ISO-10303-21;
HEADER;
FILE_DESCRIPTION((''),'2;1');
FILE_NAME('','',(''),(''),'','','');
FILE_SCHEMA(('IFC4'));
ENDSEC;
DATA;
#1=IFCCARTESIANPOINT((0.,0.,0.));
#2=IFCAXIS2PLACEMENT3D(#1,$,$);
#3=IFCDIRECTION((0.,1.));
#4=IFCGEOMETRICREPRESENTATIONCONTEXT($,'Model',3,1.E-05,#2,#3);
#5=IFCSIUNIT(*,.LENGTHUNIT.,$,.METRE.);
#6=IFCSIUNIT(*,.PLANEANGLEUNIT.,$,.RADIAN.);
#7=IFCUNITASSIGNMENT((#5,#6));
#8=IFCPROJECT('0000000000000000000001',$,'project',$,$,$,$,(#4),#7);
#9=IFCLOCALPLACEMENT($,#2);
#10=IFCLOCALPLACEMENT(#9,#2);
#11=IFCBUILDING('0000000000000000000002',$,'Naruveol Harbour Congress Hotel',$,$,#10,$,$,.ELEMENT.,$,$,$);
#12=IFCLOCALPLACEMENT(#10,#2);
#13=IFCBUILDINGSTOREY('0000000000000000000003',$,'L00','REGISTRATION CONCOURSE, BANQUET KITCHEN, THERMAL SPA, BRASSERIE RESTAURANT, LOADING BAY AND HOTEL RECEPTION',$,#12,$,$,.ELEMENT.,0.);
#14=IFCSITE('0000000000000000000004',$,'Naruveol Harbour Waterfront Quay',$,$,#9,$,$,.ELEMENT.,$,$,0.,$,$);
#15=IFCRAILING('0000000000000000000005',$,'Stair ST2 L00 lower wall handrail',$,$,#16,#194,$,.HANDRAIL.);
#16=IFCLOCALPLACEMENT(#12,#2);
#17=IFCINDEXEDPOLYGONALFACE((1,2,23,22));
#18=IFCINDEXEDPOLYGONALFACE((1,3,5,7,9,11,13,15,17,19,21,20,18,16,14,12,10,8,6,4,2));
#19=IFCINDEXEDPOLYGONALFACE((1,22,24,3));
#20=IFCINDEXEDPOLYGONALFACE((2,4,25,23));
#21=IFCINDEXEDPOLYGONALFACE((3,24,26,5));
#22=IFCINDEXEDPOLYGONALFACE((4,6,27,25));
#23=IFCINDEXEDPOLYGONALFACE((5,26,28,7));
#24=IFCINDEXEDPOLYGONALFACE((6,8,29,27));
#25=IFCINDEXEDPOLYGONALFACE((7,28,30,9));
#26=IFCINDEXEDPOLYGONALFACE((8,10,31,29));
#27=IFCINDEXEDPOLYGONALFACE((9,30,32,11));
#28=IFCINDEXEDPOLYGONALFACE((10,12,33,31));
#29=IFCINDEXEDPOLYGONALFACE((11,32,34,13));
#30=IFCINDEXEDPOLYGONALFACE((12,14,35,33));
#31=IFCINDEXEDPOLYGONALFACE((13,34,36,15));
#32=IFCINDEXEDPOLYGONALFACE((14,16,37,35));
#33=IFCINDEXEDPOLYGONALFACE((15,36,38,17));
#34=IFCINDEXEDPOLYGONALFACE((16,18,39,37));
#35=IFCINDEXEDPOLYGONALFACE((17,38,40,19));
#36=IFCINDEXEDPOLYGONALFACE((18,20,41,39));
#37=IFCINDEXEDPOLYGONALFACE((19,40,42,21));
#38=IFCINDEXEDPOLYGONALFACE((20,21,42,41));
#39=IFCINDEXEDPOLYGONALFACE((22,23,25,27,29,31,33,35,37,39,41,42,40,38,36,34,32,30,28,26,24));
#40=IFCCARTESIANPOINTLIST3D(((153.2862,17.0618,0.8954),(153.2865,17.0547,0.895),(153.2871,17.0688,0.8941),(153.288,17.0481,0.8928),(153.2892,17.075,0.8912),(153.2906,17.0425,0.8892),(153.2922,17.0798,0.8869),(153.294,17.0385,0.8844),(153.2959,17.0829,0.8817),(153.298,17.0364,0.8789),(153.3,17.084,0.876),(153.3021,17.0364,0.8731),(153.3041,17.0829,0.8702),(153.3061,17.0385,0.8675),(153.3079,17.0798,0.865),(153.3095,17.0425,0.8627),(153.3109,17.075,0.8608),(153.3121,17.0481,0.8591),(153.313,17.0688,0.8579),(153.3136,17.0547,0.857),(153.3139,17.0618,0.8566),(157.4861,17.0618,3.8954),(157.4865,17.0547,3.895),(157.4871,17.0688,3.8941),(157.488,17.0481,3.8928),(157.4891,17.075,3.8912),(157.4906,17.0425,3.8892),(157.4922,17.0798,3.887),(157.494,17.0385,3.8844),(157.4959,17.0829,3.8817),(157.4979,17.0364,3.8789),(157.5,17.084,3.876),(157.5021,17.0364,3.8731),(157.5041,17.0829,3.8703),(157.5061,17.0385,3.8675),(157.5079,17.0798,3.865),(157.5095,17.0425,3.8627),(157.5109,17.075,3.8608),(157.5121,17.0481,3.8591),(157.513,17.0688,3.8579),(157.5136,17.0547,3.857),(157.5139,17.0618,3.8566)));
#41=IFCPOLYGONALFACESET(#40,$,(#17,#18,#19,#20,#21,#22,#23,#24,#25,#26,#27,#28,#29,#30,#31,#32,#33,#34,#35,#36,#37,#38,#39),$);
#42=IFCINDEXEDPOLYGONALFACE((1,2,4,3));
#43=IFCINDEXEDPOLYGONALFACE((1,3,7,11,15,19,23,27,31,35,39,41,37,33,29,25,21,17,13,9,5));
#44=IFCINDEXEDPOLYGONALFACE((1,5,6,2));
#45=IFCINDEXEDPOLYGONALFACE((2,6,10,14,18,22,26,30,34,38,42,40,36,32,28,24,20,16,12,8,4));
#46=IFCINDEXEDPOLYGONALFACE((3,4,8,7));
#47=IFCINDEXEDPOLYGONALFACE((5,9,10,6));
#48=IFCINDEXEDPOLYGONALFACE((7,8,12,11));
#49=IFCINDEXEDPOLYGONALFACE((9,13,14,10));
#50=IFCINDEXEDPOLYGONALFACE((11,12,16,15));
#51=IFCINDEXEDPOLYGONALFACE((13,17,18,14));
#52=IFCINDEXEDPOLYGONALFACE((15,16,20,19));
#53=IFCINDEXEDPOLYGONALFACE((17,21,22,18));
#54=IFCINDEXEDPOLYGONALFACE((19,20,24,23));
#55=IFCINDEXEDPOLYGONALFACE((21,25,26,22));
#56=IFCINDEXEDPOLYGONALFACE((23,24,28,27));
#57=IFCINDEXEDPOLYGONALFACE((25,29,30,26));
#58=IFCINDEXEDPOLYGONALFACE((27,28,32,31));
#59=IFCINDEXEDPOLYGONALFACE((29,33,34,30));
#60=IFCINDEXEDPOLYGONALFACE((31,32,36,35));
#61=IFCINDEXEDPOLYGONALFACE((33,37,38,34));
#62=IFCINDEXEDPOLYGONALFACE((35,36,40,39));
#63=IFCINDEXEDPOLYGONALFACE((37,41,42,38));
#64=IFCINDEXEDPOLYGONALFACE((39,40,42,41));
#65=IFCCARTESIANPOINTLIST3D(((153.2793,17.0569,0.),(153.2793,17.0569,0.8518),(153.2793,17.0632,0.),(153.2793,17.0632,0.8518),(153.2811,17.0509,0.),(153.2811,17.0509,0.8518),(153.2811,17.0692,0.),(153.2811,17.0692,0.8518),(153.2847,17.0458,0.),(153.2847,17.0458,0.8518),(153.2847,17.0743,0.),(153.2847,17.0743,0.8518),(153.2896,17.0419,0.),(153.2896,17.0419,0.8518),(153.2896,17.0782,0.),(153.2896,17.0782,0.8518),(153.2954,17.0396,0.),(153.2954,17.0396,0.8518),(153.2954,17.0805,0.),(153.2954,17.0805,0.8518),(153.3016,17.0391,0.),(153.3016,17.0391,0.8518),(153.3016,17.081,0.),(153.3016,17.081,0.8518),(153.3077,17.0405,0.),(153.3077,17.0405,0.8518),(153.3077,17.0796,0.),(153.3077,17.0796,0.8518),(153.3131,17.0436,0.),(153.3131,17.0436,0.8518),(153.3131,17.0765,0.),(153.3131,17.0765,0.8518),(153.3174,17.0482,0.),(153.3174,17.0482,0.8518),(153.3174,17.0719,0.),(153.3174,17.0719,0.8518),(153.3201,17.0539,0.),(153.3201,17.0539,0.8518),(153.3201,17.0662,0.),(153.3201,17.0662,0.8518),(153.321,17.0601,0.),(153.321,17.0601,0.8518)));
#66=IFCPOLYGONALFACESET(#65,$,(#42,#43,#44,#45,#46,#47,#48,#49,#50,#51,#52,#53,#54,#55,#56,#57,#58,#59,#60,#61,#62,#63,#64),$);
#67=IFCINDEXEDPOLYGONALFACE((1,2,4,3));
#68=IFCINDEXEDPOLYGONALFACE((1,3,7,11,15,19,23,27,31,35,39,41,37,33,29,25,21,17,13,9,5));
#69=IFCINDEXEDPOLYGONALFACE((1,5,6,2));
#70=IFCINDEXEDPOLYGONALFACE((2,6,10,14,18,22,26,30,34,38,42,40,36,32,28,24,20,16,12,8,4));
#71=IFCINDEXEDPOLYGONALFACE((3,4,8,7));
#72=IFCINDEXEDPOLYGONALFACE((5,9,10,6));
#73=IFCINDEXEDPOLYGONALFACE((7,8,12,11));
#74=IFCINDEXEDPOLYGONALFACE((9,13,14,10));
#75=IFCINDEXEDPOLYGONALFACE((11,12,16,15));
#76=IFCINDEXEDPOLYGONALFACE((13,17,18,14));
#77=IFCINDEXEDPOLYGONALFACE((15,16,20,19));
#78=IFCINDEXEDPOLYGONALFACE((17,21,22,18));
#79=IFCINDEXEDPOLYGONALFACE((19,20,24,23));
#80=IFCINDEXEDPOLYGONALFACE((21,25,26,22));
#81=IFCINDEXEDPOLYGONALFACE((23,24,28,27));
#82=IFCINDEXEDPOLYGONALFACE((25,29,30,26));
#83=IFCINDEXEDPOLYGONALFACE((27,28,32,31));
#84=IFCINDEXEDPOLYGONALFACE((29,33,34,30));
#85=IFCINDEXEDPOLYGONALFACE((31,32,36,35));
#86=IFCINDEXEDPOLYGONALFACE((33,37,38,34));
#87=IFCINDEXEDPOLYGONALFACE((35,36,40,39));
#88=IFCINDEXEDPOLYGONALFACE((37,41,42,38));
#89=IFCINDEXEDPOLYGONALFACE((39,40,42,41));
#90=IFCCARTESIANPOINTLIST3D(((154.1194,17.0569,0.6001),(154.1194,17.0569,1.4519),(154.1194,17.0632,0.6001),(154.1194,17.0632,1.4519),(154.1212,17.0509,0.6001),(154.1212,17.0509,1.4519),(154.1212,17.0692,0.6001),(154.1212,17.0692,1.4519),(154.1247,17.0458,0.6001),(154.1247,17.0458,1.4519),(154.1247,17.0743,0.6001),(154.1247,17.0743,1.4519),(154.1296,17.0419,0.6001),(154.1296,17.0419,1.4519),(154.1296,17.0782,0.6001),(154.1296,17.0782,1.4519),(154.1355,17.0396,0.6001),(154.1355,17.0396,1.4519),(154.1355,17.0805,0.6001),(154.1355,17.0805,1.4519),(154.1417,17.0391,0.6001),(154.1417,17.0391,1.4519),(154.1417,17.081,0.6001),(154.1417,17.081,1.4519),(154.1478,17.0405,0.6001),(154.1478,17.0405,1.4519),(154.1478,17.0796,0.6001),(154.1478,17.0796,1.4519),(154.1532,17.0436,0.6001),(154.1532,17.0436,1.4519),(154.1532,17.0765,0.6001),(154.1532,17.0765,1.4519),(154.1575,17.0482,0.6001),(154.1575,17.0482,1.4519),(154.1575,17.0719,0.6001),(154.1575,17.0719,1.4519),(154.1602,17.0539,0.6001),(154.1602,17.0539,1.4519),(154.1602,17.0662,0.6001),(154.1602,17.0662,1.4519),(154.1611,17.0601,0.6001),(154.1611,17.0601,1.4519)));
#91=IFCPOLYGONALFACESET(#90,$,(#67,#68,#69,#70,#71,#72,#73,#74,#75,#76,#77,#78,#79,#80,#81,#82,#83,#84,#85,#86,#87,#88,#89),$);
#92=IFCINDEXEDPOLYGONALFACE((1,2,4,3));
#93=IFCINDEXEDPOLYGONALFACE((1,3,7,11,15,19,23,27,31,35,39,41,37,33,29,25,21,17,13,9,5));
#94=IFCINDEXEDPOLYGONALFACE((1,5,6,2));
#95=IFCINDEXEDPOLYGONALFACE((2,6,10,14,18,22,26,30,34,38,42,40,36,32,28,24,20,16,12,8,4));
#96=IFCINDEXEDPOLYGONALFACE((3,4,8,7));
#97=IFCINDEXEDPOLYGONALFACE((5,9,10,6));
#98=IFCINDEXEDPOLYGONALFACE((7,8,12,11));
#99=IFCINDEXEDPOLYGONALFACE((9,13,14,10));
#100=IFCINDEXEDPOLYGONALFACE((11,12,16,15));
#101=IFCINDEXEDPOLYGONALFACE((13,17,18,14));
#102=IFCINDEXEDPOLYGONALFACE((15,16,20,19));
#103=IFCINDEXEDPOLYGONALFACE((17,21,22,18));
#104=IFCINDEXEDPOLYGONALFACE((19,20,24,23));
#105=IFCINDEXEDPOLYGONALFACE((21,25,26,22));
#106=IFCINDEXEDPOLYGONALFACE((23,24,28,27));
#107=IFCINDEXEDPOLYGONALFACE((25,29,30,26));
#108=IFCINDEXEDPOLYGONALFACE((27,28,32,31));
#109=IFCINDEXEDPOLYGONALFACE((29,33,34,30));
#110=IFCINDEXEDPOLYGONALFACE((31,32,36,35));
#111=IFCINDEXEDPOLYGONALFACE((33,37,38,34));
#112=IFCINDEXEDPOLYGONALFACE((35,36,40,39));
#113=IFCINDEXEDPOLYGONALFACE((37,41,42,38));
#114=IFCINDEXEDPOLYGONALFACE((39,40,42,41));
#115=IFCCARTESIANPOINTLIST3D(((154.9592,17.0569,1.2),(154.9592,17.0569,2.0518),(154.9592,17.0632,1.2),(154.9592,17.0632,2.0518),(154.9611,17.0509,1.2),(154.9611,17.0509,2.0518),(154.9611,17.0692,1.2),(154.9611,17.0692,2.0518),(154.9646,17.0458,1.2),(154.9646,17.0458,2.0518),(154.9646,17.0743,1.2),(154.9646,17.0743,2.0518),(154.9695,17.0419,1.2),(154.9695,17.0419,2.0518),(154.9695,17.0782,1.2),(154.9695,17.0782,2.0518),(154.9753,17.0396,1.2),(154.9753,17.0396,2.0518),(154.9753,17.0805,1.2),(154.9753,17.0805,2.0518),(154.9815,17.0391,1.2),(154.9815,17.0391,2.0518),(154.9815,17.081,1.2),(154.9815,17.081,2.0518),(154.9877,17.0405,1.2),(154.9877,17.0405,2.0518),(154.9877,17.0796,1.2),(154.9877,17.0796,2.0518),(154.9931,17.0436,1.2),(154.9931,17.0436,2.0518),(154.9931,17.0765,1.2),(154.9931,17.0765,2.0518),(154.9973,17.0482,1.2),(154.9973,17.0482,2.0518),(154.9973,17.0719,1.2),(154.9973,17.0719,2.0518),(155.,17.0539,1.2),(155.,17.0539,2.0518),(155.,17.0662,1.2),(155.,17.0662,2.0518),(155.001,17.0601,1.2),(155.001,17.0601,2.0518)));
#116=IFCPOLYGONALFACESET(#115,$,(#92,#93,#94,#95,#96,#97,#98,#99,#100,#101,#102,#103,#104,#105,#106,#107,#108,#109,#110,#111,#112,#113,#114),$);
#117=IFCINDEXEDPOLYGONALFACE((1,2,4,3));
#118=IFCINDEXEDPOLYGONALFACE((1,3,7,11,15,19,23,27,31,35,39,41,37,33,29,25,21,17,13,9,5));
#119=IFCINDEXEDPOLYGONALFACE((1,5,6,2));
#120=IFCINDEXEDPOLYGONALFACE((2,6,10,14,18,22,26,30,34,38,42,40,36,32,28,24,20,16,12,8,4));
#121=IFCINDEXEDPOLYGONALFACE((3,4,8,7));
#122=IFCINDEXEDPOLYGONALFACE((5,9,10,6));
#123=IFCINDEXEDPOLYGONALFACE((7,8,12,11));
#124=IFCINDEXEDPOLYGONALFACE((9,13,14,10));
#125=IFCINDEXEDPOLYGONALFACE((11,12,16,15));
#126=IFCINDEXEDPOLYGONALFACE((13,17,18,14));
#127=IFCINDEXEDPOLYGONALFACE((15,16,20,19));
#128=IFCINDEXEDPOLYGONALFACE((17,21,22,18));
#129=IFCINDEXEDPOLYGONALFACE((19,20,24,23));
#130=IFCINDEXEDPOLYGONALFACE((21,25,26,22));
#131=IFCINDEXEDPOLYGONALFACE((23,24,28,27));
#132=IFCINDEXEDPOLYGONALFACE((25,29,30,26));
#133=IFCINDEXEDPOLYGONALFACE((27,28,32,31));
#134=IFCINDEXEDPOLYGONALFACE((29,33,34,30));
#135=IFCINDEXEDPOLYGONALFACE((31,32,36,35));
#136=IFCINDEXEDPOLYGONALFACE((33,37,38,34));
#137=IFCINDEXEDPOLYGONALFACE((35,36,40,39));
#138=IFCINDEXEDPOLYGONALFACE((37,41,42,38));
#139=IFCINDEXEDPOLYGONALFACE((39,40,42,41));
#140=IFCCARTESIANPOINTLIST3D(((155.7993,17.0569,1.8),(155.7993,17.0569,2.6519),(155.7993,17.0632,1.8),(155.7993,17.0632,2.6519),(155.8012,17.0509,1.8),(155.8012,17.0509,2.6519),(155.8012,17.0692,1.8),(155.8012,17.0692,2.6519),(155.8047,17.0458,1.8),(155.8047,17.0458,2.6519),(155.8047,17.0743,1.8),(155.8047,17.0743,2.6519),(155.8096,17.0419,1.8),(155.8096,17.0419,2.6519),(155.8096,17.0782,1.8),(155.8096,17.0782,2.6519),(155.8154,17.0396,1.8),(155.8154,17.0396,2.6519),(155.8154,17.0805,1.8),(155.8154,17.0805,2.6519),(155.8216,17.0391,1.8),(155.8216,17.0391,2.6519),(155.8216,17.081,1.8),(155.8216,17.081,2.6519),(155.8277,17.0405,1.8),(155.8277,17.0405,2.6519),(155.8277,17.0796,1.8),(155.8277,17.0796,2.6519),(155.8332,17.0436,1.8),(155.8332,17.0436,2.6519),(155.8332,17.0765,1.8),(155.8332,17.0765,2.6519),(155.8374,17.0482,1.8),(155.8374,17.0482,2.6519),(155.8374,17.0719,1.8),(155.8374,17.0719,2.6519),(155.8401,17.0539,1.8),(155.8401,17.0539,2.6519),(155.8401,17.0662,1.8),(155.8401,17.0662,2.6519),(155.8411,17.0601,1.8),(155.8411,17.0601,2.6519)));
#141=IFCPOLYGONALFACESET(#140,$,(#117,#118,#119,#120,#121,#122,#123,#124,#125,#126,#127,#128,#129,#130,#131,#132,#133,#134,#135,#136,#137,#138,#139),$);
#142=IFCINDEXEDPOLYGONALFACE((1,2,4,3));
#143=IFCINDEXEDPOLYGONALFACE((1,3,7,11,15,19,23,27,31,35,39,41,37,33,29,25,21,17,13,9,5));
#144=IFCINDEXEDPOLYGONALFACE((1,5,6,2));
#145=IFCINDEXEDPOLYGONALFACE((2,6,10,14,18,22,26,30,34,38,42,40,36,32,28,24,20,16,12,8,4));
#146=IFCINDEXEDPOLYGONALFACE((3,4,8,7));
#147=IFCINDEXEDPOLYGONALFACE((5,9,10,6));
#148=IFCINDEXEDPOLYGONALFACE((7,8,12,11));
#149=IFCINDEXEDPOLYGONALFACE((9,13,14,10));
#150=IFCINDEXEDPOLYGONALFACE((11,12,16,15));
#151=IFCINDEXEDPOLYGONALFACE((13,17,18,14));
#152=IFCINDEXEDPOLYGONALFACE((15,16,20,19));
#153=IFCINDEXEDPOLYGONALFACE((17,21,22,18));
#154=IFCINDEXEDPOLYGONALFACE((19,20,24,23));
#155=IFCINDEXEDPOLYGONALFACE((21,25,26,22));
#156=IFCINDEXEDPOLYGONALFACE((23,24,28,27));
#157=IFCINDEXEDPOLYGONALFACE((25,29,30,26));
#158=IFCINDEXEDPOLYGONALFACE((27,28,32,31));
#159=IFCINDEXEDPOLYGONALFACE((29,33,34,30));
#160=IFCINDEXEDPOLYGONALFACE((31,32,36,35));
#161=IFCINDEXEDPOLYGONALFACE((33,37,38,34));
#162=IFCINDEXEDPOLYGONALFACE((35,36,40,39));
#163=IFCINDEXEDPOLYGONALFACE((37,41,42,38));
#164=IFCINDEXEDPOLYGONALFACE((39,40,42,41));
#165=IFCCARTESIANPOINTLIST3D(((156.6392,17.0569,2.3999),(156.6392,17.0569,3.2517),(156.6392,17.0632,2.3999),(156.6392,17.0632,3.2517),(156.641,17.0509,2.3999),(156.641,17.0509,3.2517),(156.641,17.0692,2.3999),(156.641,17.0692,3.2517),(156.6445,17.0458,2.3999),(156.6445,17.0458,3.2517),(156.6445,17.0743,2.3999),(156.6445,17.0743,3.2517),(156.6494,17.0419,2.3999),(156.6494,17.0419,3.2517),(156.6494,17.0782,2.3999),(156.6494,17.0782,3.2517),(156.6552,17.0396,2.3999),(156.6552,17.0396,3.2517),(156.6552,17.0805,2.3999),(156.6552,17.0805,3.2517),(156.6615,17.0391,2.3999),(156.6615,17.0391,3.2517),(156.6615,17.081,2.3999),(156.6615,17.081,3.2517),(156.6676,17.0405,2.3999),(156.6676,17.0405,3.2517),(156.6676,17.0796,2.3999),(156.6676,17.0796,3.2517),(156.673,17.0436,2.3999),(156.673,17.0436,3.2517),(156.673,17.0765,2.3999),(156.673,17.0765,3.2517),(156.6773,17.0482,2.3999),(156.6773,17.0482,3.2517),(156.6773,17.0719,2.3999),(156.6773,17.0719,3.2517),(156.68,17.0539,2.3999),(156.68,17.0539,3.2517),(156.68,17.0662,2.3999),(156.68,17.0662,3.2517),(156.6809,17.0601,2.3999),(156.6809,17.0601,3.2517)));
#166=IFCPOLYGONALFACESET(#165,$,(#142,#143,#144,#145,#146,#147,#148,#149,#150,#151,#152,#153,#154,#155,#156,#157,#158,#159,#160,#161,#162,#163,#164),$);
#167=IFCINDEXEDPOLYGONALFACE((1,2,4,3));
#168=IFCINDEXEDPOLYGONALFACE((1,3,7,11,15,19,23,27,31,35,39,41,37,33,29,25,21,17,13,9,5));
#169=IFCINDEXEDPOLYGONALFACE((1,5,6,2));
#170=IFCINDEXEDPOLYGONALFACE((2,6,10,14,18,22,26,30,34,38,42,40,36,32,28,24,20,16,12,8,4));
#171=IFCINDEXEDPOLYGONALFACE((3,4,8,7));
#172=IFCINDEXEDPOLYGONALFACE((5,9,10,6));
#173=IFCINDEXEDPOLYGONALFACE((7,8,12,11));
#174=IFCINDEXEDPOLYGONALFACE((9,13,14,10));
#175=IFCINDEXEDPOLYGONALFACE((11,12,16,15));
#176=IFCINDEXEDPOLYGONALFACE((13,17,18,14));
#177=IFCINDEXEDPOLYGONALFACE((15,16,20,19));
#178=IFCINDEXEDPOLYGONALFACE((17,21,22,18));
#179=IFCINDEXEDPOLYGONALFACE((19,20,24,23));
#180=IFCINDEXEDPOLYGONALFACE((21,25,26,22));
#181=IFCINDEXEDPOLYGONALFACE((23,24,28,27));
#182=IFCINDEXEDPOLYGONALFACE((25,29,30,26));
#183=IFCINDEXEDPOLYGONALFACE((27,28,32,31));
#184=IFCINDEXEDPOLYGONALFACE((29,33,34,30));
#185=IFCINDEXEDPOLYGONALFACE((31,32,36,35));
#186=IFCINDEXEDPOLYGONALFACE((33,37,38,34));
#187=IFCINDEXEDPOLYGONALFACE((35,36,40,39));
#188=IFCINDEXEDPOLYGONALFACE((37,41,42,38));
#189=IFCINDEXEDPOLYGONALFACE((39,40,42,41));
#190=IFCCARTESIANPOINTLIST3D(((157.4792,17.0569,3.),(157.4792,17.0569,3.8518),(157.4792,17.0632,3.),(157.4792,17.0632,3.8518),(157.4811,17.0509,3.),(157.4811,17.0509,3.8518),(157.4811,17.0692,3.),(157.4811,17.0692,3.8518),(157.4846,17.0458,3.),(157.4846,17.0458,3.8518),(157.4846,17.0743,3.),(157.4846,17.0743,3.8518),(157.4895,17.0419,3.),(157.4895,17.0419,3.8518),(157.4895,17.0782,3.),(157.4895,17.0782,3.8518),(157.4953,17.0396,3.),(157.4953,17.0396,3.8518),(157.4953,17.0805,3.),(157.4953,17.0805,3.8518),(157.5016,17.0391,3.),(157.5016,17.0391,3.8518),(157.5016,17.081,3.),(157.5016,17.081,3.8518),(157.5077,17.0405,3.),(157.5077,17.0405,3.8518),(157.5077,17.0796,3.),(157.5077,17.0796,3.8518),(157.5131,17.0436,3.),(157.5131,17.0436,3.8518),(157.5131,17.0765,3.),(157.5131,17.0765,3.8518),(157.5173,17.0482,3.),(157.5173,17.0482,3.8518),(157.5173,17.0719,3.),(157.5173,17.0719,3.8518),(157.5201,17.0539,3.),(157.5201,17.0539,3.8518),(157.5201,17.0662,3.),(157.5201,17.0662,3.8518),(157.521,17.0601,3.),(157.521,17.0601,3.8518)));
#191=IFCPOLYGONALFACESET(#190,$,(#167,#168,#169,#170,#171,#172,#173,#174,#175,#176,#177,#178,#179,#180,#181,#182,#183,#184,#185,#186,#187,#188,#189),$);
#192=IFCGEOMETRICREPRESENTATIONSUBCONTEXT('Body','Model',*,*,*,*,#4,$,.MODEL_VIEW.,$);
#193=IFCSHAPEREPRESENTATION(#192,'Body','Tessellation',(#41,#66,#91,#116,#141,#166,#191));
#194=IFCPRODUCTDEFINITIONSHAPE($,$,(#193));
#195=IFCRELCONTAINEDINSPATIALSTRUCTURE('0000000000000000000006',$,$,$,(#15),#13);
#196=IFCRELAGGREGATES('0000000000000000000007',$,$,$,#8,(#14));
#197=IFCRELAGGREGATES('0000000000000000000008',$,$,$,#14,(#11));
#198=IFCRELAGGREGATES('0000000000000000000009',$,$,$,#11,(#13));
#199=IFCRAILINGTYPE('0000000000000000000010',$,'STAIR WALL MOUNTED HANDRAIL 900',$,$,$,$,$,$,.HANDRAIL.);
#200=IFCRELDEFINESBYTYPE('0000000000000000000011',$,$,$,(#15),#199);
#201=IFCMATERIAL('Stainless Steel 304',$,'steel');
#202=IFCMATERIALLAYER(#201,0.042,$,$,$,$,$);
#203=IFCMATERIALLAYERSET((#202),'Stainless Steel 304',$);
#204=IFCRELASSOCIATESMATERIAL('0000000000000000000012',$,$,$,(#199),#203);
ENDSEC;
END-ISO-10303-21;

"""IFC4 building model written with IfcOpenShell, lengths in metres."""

from ifc_helpers import new_model, si_unit, direction, frame, origin, origin_2d, place, context, subcontext, project, spatial, circle, extrude, material, layer, layer_set, type_object, element, save


model = new_model("IFC4")

# Units and contexts
model_context = context("Model", 3, precision=1e-05, world=origin(), true_north=direction((0.0, 1.0)))
body_context = subcontext(model_context, "Body", "Model", "MODEL_VIEW")
ifc_project = project(units=[si_unit("LENGTHUNIT", "METRE"), si_unit("PLANEANGLEUNIT", "RADIAN")], contexts=[model_context])

# Site, building, storey
site_placement = place(None, origin())
site = spatial("IfcSite", under=ifc_project, at=site_placement, Name="Naruveol Harbour Waterfront Quay", CompositionType="ELEMENT", RefElevation=0.0)
building_placement = place(site_placement, origin())
building = spatial("IfcBuilding", under=site, at=building_placement, Name="Naruveol Harbour Congress Hotel", CompositionType="ELEMENT")
storey_placement = place(building_placement, origin())
storey = spatial("IfcBuildingStorey", under=building, at=storey_placement, Name="L00", Description="REGISTRATION CONCOURSE, BANQUET KITCHEN, THERMAL SPA, BRASSERIE RESTAURANT, LOADING BAY AND HOTEL RECEPTION", CompositionType="ELEMENT", Elevation=0.0)

# Railing
ifc_material_1 = material(Name="Stainless Steel 304", Category="steel")
ifc_layer_1 = layer(ifc_material_1, 0.042)
ifc_layer_set_1 = layer_set([ifc_layer_1], Name="Stainless Steel 304")
railing_type_1 = type_object("IfcRailingType", Name="STAIR WALL MOUNTED HANDRAIL 900", PredefinedType="HANDRAIL", material=ifc_layer_set_1)
railing_1_placement = place(storey_placement, frame((153.3, 17.0601, 0.0)))
element("IfcRailing", 1, at=railing_1_placement, inside=storey, type_object=railing_type_1, Name="Stair ST2 L00 lower wall handrail", PredefinedType="HANDRAIL", context=body_context, shape_type="SweptSolid", body=[
    extrude(circle(Radius=0.0239, at=origin_2d()), frame((0.0, 0.0, 0.876), z_axis=(0.81373, 0.0, 0.581243), x_axis=(0.0, 1.0, 0.0)), (0.0, 0.0, 1.0), 5.1614),
    extrude(circle(Radius=0.021, at=origin_2d()), origin(), (0.0, 0.0, 1.0), 0.8518),
    extrude(circle(Radius=0.021, at=origin_2d()), frame((0.8401, 0.0, 0.6001)), (0.0, 0.0, 1.0), 0.8518),
    extrude(circle(Radius=0.021, at=origin_2d()), frame((1.6799, 0.0, 1.2)), (0.0, 0.0, 1.0), 0.8518),
    extrude(circle(Radius=0.021, at=origin_2d()), frame((2.52, 0.0, 1.8)), (0.0, 0.0, 1.0), 0.8518),
    extrude(circle(Radius=0.021, at=origin_2d()), frame((3.3599, 0.0, 2.3999)), (0.0, 0.0, 1.0), 0.8518),
    extrude(circle(Radius=0.021, at=origin_2d()), frame((4.2, 0.0, 3.0)), (0.0, 0.0, 1.0), 0.8518),
])

save(model, "model.ifc")
